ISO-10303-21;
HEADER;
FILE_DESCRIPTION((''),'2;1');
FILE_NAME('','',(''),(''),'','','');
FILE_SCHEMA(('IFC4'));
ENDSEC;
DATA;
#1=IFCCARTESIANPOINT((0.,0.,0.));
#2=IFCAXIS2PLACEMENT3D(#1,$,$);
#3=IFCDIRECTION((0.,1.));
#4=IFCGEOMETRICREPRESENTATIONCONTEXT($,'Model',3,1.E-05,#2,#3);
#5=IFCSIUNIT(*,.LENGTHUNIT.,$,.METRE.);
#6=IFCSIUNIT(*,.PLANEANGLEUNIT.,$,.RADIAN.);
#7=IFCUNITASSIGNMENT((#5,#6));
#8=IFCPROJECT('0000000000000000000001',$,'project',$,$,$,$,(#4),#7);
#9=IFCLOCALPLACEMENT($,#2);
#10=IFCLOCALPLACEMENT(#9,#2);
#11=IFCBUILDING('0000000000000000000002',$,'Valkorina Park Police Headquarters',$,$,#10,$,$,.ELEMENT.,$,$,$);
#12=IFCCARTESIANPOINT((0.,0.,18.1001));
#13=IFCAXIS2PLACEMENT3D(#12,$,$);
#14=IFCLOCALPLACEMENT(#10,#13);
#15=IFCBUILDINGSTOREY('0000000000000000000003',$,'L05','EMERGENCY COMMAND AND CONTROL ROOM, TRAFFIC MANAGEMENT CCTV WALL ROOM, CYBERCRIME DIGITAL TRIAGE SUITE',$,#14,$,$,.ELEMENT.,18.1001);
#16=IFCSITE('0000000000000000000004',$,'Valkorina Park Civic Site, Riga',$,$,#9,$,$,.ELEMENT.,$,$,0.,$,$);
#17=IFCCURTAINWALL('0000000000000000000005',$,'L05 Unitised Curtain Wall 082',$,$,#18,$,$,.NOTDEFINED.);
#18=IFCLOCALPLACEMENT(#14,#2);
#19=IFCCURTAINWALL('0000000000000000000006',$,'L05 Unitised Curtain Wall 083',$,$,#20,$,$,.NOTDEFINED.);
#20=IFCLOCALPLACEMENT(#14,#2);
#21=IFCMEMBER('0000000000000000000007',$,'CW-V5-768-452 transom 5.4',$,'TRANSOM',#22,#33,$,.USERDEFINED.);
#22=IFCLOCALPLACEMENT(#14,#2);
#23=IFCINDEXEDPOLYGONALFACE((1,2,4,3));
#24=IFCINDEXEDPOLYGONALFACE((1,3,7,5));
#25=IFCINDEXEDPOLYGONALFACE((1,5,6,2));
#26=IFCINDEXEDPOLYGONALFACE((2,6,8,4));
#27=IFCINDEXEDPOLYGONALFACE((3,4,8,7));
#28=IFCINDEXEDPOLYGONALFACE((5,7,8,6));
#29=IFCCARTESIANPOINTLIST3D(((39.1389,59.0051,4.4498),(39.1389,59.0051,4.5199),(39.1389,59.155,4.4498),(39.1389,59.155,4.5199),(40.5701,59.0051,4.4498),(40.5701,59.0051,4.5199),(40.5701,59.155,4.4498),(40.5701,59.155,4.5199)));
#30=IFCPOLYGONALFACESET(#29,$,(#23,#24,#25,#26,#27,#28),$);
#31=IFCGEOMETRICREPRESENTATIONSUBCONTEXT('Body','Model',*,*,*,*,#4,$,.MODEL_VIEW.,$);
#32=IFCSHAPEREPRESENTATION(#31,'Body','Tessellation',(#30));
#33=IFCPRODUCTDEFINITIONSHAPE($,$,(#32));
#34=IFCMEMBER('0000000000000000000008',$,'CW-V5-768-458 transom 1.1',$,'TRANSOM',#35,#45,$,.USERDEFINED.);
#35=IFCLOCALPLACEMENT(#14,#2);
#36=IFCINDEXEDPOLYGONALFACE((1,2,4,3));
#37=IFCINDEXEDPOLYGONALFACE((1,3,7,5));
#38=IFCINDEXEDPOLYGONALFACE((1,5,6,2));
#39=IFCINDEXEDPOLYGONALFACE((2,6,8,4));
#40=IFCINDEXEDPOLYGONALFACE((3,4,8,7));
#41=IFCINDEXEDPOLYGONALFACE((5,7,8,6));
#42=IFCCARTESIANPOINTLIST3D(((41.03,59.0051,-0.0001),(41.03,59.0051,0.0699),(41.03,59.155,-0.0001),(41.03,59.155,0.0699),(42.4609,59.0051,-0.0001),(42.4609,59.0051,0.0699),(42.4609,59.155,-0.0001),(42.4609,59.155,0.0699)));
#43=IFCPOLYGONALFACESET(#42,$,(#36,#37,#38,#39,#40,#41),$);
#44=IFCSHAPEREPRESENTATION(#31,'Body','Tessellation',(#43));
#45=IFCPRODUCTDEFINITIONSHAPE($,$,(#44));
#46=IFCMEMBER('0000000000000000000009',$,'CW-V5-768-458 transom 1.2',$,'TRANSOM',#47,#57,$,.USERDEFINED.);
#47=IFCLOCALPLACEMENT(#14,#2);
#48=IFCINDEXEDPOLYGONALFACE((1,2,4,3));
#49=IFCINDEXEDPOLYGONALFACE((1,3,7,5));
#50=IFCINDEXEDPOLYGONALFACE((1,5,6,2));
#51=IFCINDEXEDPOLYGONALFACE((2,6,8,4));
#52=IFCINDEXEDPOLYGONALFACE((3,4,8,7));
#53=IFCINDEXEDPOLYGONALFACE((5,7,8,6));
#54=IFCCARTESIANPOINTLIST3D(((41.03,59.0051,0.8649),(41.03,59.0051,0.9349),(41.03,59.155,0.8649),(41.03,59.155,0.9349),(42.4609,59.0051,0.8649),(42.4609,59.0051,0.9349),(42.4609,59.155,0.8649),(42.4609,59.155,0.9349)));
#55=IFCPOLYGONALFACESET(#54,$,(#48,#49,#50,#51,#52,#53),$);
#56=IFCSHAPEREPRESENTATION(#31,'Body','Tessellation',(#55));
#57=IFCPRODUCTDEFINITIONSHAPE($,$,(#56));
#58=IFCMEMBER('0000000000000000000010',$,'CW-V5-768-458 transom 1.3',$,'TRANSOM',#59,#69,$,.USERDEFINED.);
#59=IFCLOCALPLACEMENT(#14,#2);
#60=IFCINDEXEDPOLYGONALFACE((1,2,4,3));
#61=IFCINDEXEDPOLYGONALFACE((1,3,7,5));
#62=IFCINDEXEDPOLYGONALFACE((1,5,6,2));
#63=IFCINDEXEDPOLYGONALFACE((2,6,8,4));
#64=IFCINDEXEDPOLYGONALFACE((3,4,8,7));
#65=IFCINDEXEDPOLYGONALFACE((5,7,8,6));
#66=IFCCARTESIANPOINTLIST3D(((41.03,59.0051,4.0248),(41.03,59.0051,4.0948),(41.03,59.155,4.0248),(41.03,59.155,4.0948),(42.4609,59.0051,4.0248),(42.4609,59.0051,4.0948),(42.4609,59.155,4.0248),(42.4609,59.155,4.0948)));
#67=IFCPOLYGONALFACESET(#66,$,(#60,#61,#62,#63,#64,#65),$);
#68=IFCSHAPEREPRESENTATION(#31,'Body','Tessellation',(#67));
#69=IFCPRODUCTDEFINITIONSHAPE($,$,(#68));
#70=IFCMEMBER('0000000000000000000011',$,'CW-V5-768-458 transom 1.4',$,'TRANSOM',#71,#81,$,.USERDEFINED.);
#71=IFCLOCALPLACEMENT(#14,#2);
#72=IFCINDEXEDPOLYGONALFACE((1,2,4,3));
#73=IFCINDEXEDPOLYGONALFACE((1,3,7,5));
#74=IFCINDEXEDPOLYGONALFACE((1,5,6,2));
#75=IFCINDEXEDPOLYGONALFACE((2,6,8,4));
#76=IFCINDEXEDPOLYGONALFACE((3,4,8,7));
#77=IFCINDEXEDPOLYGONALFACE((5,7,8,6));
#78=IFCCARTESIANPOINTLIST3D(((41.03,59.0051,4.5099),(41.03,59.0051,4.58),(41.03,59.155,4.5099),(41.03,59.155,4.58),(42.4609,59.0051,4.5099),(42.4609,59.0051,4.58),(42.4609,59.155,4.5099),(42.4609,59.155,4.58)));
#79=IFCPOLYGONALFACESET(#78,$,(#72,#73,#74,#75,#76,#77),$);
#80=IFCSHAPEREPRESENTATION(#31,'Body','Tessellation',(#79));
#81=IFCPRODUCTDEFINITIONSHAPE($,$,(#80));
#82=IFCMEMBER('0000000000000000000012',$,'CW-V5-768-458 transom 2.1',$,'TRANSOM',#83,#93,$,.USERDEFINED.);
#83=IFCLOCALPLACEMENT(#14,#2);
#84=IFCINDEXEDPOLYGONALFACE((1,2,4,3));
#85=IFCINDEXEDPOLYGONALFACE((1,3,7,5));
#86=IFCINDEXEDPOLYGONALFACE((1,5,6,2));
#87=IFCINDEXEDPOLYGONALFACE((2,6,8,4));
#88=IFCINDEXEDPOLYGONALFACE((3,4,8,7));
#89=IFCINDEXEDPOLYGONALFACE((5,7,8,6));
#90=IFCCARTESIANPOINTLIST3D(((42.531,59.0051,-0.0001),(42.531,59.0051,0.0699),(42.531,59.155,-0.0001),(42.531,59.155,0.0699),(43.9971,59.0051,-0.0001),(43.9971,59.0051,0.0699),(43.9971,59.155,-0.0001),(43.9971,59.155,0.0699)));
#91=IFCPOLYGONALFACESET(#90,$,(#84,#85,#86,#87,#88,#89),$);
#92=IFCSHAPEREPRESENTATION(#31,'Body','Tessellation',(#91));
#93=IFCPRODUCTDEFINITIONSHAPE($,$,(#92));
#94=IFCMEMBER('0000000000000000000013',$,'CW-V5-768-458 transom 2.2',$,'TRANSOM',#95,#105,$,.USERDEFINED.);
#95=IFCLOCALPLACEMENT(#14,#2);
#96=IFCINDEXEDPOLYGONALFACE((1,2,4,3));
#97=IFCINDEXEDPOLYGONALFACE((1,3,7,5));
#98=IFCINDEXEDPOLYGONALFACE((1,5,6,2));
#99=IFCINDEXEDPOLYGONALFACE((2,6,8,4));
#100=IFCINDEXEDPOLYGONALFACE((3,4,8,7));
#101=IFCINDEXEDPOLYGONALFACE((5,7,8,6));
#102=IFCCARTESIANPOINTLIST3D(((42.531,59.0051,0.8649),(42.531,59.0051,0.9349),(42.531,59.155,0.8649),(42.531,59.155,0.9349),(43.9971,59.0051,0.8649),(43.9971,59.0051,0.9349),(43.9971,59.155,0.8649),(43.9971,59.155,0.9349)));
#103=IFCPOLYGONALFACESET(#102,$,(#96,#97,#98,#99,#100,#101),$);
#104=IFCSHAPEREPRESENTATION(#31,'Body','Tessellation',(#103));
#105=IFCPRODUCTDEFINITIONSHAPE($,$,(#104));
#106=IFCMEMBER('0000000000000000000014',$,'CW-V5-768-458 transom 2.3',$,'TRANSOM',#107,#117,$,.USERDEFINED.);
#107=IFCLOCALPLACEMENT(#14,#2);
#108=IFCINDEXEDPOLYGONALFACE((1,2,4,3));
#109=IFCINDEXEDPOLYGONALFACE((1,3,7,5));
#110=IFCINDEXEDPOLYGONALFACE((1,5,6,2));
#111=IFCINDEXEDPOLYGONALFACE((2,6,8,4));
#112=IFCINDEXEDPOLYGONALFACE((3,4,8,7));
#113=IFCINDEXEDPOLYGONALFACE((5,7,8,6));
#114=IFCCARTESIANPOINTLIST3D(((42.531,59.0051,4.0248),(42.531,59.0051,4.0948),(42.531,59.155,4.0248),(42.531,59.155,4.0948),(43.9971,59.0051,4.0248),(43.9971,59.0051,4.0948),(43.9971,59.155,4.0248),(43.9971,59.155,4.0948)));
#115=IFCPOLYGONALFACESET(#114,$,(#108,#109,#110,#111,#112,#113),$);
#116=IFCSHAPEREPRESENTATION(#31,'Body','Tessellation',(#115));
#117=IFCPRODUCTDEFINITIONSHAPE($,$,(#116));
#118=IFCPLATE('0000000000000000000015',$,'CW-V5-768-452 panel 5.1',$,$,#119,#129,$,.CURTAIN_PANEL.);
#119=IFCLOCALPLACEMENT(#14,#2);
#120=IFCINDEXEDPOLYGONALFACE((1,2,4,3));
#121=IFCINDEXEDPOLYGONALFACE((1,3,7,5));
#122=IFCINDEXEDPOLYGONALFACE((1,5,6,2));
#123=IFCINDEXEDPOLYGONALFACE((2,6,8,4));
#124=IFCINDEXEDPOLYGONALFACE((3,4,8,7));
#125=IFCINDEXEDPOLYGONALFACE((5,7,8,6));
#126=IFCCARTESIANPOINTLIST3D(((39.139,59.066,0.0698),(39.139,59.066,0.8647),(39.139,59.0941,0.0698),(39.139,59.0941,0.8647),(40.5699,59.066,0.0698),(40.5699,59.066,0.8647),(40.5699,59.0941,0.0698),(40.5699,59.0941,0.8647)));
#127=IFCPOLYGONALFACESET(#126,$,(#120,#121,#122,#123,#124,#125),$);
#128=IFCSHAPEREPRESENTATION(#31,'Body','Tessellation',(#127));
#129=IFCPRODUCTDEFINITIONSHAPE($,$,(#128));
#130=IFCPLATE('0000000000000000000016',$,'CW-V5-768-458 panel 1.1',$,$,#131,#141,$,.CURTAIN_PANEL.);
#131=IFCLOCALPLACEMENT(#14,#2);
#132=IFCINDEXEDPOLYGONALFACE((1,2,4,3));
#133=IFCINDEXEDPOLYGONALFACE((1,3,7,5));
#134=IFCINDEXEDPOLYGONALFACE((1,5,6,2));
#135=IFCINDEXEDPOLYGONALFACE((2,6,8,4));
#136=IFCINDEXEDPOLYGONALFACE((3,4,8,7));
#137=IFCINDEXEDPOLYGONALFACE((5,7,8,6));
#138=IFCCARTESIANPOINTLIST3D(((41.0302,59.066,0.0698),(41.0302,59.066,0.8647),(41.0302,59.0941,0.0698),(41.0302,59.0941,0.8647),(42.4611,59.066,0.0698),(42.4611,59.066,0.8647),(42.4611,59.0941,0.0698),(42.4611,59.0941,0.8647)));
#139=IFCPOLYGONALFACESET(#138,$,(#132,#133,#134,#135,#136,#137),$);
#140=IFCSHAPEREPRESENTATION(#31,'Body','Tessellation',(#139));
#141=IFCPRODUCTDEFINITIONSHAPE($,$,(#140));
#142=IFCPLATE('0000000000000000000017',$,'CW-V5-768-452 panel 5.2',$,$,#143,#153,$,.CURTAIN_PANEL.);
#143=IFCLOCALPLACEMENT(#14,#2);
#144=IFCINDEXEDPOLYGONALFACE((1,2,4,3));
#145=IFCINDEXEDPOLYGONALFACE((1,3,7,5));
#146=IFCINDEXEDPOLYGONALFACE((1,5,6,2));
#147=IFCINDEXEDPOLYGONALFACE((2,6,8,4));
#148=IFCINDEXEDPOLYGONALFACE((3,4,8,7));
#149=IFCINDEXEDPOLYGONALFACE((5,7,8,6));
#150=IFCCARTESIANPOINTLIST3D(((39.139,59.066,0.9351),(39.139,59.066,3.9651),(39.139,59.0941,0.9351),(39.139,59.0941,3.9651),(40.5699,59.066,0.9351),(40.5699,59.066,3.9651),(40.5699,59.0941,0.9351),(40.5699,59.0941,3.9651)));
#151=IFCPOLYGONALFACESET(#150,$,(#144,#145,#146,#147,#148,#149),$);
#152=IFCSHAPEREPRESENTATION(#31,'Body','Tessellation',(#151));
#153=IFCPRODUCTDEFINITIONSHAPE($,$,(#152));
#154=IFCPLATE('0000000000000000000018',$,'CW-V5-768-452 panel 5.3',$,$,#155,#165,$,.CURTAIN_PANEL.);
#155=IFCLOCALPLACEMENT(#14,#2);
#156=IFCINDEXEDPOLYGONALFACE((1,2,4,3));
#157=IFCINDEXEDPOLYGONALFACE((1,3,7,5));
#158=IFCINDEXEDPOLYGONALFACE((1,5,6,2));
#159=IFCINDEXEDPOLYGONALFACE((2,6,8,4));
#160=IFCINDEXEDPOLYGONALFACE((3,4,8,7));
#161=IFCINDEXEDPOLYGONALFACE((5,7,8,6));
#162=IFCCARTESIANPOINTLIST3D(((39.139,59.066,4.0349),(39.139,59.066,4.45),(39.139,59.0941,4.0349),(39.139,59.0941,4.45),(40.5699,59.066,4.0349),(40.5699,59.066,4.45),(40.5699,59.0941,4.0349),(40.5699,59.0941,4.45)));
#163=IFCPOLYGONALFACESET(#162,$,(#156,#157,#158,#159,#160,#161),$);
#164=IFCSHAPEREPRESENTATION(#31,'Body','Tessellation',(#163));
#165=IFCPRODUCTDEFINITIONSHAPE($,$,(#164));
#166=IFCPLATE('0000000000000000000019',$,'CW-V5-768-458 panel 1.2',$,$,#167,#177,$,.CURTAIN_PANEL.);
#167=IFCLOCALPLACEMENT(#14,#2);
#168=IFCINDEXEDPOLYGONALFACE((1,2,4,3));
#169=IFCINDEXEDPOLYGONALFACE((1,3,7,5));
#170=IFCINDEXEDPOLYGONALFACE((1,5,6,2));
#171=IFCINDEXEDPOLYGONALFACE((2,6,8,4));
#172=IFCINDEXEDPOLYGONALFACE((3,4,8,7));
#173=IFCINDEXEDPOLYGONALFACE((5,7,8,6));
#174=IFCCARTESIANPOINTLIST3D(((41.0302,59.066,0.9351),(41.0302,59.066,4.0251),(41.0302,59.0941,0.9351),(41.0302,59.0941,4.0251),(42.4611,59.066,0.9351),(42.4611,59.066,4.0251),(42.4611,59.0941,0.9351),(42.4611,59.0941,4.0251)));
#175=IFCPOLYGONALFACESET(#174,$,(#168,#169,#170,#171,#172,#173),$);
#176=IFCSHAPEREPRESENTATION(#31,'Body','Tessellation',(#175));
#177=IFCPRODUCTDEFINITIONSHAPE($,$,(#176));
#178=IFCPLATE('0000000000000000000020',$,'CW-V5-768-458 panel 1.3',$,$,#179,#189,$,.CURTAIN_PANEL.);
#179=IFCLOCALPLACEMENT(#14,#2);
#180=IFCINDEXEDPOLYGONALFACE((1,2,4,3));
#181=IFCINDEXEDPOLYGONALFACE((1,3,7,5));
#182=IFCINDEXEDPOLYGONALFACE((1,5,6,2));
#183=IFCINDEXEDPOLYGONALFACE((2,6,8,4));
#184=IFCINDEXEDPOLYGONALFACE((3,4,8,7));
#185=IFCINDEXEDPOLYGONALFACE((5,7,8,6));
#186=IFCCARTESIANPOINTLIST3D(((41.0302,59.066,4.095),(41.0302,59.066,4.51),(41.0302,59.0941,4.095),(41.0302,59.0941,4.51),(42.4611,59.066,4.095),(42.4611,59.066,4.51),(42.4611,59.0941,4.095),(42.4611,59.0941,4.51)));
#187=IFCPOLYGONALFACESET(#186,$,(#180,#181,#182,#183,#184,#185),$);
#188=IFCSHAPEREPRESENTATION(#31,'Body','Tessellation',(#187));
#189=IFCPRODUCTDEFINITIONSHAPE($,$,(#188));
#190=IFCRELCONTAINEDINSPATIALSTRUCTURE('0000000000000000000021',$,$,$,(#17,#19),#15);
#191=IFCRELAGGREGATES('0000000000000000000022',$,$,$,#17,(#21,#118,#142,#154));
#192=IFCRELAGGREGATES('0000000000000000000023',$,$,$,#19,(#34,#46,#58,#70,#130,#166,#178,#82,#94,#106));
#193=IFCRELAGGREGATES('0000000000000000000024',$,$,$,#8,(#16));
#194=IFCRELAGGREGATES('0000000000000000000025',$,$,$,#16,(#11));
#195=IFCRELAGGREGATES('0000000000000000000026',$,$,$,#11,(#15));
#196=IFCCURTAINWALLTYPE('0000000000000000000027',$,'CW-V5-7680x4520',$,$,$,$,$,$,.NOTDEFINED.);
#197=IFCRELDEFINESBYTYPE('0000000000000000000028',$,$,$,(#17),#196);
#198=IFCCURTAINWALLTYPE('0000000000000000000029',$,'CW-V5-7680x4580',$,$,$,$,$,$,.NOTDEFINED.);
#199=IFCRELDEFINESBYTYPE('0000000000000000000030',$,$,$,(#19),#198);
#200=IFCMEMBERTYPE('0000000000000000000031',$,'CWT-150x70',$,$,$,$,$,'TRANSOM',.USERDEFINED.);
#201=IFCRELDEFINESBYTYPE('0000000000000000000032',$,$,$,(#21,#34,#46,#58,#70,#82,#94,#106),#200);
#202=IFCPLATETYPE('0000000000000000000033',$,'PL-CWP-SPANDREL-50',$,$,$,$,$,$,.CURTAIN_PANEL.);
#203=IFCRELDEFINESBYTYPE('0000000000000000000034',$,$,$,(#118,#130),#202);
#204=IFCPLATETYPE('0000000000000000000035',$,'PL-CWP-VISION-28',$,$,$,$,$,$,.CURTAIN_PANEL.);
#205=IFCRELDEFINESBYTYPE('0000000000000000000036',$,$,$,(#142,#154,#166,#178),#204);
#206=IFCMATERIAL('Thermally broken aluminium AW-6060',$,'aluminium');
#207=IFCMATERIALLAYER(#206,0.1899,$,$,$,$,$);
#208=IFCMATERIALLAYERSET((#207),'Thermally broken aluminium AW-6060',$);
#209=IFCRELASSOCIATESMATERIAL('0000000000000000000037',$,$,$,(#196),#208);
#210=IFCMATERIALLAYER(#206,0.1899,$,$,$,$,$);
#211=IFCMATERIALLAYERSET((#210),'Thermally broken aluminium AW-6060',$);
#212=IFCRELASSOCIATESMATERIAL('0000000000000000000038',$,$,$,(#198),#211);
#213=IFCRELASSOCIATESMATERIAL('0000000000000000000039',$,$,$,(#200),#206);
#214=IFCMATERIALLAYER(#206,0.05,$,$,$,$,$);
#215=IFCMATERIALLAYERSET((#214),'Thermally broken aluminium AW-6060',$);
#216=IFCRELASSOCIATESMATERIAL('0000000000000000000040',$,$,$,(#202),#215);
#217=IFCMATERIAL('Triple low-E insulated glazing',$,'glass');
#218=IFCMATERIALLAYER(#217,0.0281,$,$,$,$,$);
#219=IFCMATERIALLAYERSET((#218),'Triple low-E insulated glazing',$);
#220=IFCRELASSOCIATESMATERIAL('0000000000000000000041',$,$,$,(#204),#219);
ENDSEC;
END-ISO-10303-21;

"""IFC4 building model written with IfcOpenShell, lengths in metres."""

from ifc_helpers import new_model, si_unit, direction, frame, origin, origin_2d, place, context, subcontext, project, spatial, rectangle, extrude, material, layer, layer_set, material_profile, profile_set, type_object, element, aggregate, save


model = new_model("IFC4")

# Units and contexts
model_context = context("Model", 3, precision=1e-05, world=origin(), true_north=direction((0.0, 1.0)))
body_context = subcontext(model_context, "Body", "Model", "MODEL_VIEW")
ifc_project = project(units=[si_unit("LENGTHUNIT", "METRE"), si_unit("PLANEANGLEUNIT", "RADIAN")], contexts=[model_context])

# Site, building, storey
site_placement = place(None, origin())
site = spatial("IfcSite", under=ifc_project, at=site_placement, Name="Valkorina Park Civic Site, Riga", CompositionType="ELEMENT", RefElevation=0.0)
building_placement = place(site_placement, origin())
building = spatial("IfcBuilding", under=site, at=building_placement, Name="Valkorina Park Police Headquarters", CompositionType="ELEMENT")
storey_placement = place(building_placement, frame((0.0, 0.0, 18.1001)))
storey = spatial("IfcBuildingStorey", under=building, at=storey_placement, Name="L05", Description="EMERGENCY COMMAND AND CONTROL ROOM, TRAFFIC MANAGEMENT CCTV WALL ROOM, CYBERCRIME DIGITAL TRIAGE SUITE", CompositionType="ELEMENT", Elevation=18.1001)

# Curtain walls
ifc_material_1 = material(Name="Thermally broken aluminium AW-6060", Category="aluminium")
ifc_layer_1 = layer(ifc_material_1, 0.1899)
ifc_layer_set_1 = layer_set([ifc_layer_1], Name="Thermally broken aluminium AW-6060")
curtain_wall_type_1 = type_object("IfcCurtainWallType", Name="CW-V5-7680x4520", PredefinedType="NOTDEFINED", material=ifc_layer_set_1)
curtain_wall_1_placement = place(storey_placement, origin())
curtain_wall_1 = element("IfcCurtainWall", 1, at=curtain_wall_1_placement, inside=storey, type_object=curtain_wall_type_1, Name="L05 Unitised Curtain Wall 082", PredefinedType="NOTDEFINED")
ifc_layer_2 = layer(ifc_material_1, 0.1899)
ifc_layer_set_2 = layer_set([ifc_layer_2], Name="Thermally broken aluminium AW-6060")
curtain_wall_type_2 = type_object("IfcCurtainWallType", Name="CW-V5-7680x4580", PredefinedType="NOTDEFINED", material=ifc_layer_set_2)
curtain_wall_2_placement = place(storey_placement, origin())
curtain_wall_2 = element("IfcCurtainWall", 2, at=curtain_wall_2_placement, inside=storey, type_object=curtain_wall_type_2, Name="L05 Unitised Curtain Wall 083", PredefinedType="NOTDEFINED")

# Members
ifc_material_profile_1 = material_profile(ifc_material_1, rectangle(XDim=0.1499, YDim=0.0701, at=origin_2d()), Name="CWT-02 150x70")
ifc_profile_set_1 = profile_set([ifc_material_profile_1], Name="Thermally broken aluminium AW-6060")
member_type_1 = type_object("IfcMemberType", Name="CWT-150x70", ElementType="TRANSOM", PredefinedType="USERDEFINED", material=ifc_profile_set_1)
member_1_placement = place(storey_placement, frame((39.1389, 59.0801, 4.4849), z_axis=(1.0, 0.0, 0.0), x_axis=(0.0, 1.0, 0.0)))
member_1 = element("IfcMember", 3, at=member_1_placement, type_object=member_type_1, Name="CW-V5-768-452 transom 5.4", ObjectType="TRANSOM", PredefinedType="USERDEFINED", context=body_context, shape_type="SweptSolid", body=[
    extrude(rectangle(XDim=0.1499, YDim=0.0701, at=origin_2d()), origin(), (0.0, 0.0, 1.0), 1.4312),
])
member_2_placement = place(storey_placement, frame((41.03, 59.0801, 0.0349), z_axis=(1.0, 0.0, 0.0), x_axis=(0.0, 1.0, 0.0)))
member_2 = element("IfcMember", 4, at=member_2_placement, type_object=member_type_1, Name="CW-V5-768-458 transom 1.1", ObjectType="TRANSOM", PredefinedType="USERDEFINED", context=body_context, shape_type="SweptSolid", body=[
    extrude(rectangle(XDim=0.1499, YDim=0.0701, at=origin_2d()), origin(), (0.0, 0.0, 1.0), 1.4309),
])
member_3_placement = place(storey_placement, frame((41.03, 59.0801, 0.8999), z_axis=(1.0, 0.0, 0.0), x_axis=(0.0, 1.0, 0.0)))
member_3 = element("IfcMember", 5, at=member_3_placement, type_object=member_type_1, Name="CW-V5-768-458 transom 1.2", ObjectType="TRANSOM", PredefinedType="USERDEFINED", context=body_context, shape_type="SweptSolid", body=[
    extrude(rectangle(XDim=0.1499, YDim=0.0701, at=origin_2d()), origin(), (0.0, 0.0, 1.0), 1.4309),
])
member_4_placement = place(storey_placement, frame((41.03, 59.0801, 4.0598), z_axis=(1.0, 0.0, 0.0), x_axis=(0.0, 1.0, 0.0)))
member_4 = element("IfcMember", 6, at=member_4_placement, type_object=member_type_1, Name="CW-V5-768-458 transom 1.3", ObjectType="TRANSOM", PredefinedType="USERDEFINED", context=body_context, shape_type="SweptSolid", body=[
    extrude(rectangle(XDim=0.1499, YDim=0.0701, at=origin_2d()), origin(), (0.0, 0.0, 1.0), 1.4309),
])
member_5_placement = place(storey_placement, frame((41.03, 59.0801, 4.5449), z_axis=(1.0, 0.0, 0.0), x_axis=(0.0, 1.0, 0.0)))
member_5 = element("IfcMember", 7, at=member_5_placement, type_object=member_type_1, Name="CW-V5-768-458 transom 1.4", ObjectType="TRANSOM", PredefinedType="USERDEFINED", context=body_context, shape_type="SweptSolid", body=[
    extrude(rectangle(XDim=0.1499, YDim=0.0701, at=origin_2d()), origin(), (0.0, 0.0, 1.0), 1.4309),
])
member_6_placement = place(storey_placement, frame((42.531, 59.0801, 0.0349), z_axis=(1.0, 0.0, 0.0), x_axis=(0.0, 1.0, 0.0)))
member_6 = element("IfcMember", 8, at=member_6_placement, type_object=member_type_1, Name="CW-V5-768-458 transom 2.1", ObjectType="TRANSOM", PredefinedType="USERDEFINED", context=body_context, shape_type="SweptSolid", body=[
    extrude(rectangle(XDim=0.1499, YDim=0.0701, at=origin_2d()), origin(), (0.0, 0.0, 1.0), 1.4661),
])
member_7_placement = place(storey_placement, frame((42.531, 59.0801, 0.8999), z_axis=(1.0, 0.0, 0.0), x_axis=(0.0, 1.0, 0.0)))
member_7 = element("IfcMember", 9, at=member_7_placement, type_object=member_type_1, Name="CW-V5-768-458 transom 2.2", ObjectType="TRANSOM", PredefinedType="USERDEFINED", context=body_context, shape_type="SweptSolid", body=[
    extrude(rectangle(XDim=0.1499, YDim=0.0701, at=origin_2d()), origin(), (0.0, 0.0, 1.0), 1.4661),
])
member_8_placement = place(storey_placement, frame((42.531, 59.0801, 4.0598), z_axis=(1.0, 0.0, 0.0), x_axis=(0.0, 1.0, 0.0)))
member_8 = element("IfcMember", 10, at=member_8_placement, type_object=member_type_1, Name="CW-V5-768-458 transom 2.3", ObjectType="TRANSOM", PredefinedType="USERDEFINED", context=body_context, shape_type="SweptSolid", body=[
    extrude(rectangle(XDim=0.1499, YDim=0.0701, at=origin_2d()), origin(), (0.0, 0.0, 1.0), 1.4661),
])

# Plates
ifc_layer_3 = layer(ifc_material_1, 0.05)
ifc_layer_set_3 = layer_set([ifc_layer_3], Name="Thermally broken aluminium AW-6060")
plate_type_1 = type_object("IfcPlateType", Name="PL-CWP-SPANDREL-50", PredefinedType="CURTAIN_PANEL", material=ifc_layer_set_3)
plate_1_placement = place(storey_placement, frame((39.8545, 59.0801, 0.0698), z_axis=(0.0, 0.0, 1.0), x_axis=(1.0, 0.0, 0.0)))
plate_1 = element("IfcPlate", 11, at=plate_1_placement, type_object=plate_type_1, Name="CW-V5-768-452 panel 5.1", PredefinedType="CURTAIN_PANEL", context=body_context, shape_type="SweptSolid", body=[
    extrude(rectangle(XDim=1.4309, YDim=0.0281, at=origin_2d()), origin(), (0.0, 0.0, 1.0), 0.7949),
])
plate_2_placement = place(storey_placement, frame((41.7456, 59.0801, 0.0698), z_axis=(0.0, 0.0, 1.0), x_axis=(1.0, 0.0, 0.0)))
plate_2 = element("IfcPlate", 12, at=plate_2_placement, type_object=plate_type_1, Name="CW-V5-768-458 panel 1.1", PredefinedType="CURTAIN_PANEL", context=body_context, shape_type="SweptSolid", body=[
    extrude(rectangle(XDim=1.4309, YDim=0.0281, at=origin_2d()), origin(), (0.0, 0.0, 1.0), 0.7949),
])
ifc_material_2 = material(Name="Triple low-E insulated glazing", Category="glass")
ifc_layer_4 = layer(ifc_material_2, 0.0281)
ifc_layer_set_4 = layer_set([ifc_layer_4], Name="Triple low-E insulated glazing")
plate_type_2 = type_object("IfcPlateType", Name="PL-CWP-VISION-28", PredefinedType="CURTAIN_PANEL", material=ifc_layer_set_4)
plate_3_placement = place(storey_placement, frame((39.8545, 59.0801, 0.9351), z_axis=(0.0, 0.0, 1.0), x_axis=(1.0, 0.0, 0.0)))
plate_3 = element("IfcPlate", 13, at=plate_3_placement, type_object=plate_type_2, Name="CW-V5-768-452 panel 5.2", PredefinedType="CURTAIN_PANEL", context=body_context, shape_type="SweptSolid", body=[
    extrude(rectangle(XDim=1.4309, YDim=0.0281, at=origin_2d()), origin(), (0.0, 0.0, 1.0), 3.03),
])
plate_4_placement = place(storey_placement, frame((39.8545, 59.0801, 4.0349), z_axis=(0.0, 0.0, 1.0), x_axis=(1.0, 0.0, 0.0)))
plate_4 = element("IfcPlate", 14, at=plate_4_placement, type_object=plate_type_2, Name="CW-V5-768-452 panel 5.3", PredefinedType="CURTAIN_PANEL", context=body_context, shape_type="SweptSolid", body=[
    extrude(rectangle(XDim=1.4309, YDim=0.0281, at=origin_2d()), origin(), (0.0, 0.0, 1.0), 0.415),
])
aggregate(curtain_wall_1, [member_1, plate_1, plate_3, plate_4])
plate_5_placement = place(storey_placement, frame((41.7456, 59.0801, 0.9351), z_axis=(0.0, 0.0, 1.0), x_axis=(1.0, 0.0, 0.0)))
plate_5 = element("IfcPlate", 15, at=plate_5_placement, type_object=plate_type_2, Name="CW-V5-768-458 panel 1.2", PredefinedType="CURTAIN_PANEL", context=body_context, shape_type="SweptSolid", body=[
    extrude(rectangle(XDim=1.4309, YDim=0.0281, at=origin_2d()), origin(), (0.0, 0.0, 1.0), 3.0901),
])
plate_6_placement = place(storey_placement, frame((41.7456, 59.0801, 4.095), z_axis=(0.0, 0.0, 1.0), x_axis=(1.0, 0.0, 0.0)))
plate_6 = element("IfcPlate", 16, at=plate_6_placement, type_object=plate_type_2, Name="CW-V5-768-458 panel 1.3", PredefinedType="CURTAIN_PANEL", context=body_context, shape_type="SweptSolid", body=[
    extrude(rectangle(XDim=1.4309, YDim=0.0281, at=origin_2d()), origin(), (0.0, 0.0, 1.0), 0.415),
])
aggregate(curtain_wall_2, [member_2, member_3, member_4, member_5, plate_2, plate_5, plate_6, member_6, member_7, member_8])

save(model, "model.ifc")
